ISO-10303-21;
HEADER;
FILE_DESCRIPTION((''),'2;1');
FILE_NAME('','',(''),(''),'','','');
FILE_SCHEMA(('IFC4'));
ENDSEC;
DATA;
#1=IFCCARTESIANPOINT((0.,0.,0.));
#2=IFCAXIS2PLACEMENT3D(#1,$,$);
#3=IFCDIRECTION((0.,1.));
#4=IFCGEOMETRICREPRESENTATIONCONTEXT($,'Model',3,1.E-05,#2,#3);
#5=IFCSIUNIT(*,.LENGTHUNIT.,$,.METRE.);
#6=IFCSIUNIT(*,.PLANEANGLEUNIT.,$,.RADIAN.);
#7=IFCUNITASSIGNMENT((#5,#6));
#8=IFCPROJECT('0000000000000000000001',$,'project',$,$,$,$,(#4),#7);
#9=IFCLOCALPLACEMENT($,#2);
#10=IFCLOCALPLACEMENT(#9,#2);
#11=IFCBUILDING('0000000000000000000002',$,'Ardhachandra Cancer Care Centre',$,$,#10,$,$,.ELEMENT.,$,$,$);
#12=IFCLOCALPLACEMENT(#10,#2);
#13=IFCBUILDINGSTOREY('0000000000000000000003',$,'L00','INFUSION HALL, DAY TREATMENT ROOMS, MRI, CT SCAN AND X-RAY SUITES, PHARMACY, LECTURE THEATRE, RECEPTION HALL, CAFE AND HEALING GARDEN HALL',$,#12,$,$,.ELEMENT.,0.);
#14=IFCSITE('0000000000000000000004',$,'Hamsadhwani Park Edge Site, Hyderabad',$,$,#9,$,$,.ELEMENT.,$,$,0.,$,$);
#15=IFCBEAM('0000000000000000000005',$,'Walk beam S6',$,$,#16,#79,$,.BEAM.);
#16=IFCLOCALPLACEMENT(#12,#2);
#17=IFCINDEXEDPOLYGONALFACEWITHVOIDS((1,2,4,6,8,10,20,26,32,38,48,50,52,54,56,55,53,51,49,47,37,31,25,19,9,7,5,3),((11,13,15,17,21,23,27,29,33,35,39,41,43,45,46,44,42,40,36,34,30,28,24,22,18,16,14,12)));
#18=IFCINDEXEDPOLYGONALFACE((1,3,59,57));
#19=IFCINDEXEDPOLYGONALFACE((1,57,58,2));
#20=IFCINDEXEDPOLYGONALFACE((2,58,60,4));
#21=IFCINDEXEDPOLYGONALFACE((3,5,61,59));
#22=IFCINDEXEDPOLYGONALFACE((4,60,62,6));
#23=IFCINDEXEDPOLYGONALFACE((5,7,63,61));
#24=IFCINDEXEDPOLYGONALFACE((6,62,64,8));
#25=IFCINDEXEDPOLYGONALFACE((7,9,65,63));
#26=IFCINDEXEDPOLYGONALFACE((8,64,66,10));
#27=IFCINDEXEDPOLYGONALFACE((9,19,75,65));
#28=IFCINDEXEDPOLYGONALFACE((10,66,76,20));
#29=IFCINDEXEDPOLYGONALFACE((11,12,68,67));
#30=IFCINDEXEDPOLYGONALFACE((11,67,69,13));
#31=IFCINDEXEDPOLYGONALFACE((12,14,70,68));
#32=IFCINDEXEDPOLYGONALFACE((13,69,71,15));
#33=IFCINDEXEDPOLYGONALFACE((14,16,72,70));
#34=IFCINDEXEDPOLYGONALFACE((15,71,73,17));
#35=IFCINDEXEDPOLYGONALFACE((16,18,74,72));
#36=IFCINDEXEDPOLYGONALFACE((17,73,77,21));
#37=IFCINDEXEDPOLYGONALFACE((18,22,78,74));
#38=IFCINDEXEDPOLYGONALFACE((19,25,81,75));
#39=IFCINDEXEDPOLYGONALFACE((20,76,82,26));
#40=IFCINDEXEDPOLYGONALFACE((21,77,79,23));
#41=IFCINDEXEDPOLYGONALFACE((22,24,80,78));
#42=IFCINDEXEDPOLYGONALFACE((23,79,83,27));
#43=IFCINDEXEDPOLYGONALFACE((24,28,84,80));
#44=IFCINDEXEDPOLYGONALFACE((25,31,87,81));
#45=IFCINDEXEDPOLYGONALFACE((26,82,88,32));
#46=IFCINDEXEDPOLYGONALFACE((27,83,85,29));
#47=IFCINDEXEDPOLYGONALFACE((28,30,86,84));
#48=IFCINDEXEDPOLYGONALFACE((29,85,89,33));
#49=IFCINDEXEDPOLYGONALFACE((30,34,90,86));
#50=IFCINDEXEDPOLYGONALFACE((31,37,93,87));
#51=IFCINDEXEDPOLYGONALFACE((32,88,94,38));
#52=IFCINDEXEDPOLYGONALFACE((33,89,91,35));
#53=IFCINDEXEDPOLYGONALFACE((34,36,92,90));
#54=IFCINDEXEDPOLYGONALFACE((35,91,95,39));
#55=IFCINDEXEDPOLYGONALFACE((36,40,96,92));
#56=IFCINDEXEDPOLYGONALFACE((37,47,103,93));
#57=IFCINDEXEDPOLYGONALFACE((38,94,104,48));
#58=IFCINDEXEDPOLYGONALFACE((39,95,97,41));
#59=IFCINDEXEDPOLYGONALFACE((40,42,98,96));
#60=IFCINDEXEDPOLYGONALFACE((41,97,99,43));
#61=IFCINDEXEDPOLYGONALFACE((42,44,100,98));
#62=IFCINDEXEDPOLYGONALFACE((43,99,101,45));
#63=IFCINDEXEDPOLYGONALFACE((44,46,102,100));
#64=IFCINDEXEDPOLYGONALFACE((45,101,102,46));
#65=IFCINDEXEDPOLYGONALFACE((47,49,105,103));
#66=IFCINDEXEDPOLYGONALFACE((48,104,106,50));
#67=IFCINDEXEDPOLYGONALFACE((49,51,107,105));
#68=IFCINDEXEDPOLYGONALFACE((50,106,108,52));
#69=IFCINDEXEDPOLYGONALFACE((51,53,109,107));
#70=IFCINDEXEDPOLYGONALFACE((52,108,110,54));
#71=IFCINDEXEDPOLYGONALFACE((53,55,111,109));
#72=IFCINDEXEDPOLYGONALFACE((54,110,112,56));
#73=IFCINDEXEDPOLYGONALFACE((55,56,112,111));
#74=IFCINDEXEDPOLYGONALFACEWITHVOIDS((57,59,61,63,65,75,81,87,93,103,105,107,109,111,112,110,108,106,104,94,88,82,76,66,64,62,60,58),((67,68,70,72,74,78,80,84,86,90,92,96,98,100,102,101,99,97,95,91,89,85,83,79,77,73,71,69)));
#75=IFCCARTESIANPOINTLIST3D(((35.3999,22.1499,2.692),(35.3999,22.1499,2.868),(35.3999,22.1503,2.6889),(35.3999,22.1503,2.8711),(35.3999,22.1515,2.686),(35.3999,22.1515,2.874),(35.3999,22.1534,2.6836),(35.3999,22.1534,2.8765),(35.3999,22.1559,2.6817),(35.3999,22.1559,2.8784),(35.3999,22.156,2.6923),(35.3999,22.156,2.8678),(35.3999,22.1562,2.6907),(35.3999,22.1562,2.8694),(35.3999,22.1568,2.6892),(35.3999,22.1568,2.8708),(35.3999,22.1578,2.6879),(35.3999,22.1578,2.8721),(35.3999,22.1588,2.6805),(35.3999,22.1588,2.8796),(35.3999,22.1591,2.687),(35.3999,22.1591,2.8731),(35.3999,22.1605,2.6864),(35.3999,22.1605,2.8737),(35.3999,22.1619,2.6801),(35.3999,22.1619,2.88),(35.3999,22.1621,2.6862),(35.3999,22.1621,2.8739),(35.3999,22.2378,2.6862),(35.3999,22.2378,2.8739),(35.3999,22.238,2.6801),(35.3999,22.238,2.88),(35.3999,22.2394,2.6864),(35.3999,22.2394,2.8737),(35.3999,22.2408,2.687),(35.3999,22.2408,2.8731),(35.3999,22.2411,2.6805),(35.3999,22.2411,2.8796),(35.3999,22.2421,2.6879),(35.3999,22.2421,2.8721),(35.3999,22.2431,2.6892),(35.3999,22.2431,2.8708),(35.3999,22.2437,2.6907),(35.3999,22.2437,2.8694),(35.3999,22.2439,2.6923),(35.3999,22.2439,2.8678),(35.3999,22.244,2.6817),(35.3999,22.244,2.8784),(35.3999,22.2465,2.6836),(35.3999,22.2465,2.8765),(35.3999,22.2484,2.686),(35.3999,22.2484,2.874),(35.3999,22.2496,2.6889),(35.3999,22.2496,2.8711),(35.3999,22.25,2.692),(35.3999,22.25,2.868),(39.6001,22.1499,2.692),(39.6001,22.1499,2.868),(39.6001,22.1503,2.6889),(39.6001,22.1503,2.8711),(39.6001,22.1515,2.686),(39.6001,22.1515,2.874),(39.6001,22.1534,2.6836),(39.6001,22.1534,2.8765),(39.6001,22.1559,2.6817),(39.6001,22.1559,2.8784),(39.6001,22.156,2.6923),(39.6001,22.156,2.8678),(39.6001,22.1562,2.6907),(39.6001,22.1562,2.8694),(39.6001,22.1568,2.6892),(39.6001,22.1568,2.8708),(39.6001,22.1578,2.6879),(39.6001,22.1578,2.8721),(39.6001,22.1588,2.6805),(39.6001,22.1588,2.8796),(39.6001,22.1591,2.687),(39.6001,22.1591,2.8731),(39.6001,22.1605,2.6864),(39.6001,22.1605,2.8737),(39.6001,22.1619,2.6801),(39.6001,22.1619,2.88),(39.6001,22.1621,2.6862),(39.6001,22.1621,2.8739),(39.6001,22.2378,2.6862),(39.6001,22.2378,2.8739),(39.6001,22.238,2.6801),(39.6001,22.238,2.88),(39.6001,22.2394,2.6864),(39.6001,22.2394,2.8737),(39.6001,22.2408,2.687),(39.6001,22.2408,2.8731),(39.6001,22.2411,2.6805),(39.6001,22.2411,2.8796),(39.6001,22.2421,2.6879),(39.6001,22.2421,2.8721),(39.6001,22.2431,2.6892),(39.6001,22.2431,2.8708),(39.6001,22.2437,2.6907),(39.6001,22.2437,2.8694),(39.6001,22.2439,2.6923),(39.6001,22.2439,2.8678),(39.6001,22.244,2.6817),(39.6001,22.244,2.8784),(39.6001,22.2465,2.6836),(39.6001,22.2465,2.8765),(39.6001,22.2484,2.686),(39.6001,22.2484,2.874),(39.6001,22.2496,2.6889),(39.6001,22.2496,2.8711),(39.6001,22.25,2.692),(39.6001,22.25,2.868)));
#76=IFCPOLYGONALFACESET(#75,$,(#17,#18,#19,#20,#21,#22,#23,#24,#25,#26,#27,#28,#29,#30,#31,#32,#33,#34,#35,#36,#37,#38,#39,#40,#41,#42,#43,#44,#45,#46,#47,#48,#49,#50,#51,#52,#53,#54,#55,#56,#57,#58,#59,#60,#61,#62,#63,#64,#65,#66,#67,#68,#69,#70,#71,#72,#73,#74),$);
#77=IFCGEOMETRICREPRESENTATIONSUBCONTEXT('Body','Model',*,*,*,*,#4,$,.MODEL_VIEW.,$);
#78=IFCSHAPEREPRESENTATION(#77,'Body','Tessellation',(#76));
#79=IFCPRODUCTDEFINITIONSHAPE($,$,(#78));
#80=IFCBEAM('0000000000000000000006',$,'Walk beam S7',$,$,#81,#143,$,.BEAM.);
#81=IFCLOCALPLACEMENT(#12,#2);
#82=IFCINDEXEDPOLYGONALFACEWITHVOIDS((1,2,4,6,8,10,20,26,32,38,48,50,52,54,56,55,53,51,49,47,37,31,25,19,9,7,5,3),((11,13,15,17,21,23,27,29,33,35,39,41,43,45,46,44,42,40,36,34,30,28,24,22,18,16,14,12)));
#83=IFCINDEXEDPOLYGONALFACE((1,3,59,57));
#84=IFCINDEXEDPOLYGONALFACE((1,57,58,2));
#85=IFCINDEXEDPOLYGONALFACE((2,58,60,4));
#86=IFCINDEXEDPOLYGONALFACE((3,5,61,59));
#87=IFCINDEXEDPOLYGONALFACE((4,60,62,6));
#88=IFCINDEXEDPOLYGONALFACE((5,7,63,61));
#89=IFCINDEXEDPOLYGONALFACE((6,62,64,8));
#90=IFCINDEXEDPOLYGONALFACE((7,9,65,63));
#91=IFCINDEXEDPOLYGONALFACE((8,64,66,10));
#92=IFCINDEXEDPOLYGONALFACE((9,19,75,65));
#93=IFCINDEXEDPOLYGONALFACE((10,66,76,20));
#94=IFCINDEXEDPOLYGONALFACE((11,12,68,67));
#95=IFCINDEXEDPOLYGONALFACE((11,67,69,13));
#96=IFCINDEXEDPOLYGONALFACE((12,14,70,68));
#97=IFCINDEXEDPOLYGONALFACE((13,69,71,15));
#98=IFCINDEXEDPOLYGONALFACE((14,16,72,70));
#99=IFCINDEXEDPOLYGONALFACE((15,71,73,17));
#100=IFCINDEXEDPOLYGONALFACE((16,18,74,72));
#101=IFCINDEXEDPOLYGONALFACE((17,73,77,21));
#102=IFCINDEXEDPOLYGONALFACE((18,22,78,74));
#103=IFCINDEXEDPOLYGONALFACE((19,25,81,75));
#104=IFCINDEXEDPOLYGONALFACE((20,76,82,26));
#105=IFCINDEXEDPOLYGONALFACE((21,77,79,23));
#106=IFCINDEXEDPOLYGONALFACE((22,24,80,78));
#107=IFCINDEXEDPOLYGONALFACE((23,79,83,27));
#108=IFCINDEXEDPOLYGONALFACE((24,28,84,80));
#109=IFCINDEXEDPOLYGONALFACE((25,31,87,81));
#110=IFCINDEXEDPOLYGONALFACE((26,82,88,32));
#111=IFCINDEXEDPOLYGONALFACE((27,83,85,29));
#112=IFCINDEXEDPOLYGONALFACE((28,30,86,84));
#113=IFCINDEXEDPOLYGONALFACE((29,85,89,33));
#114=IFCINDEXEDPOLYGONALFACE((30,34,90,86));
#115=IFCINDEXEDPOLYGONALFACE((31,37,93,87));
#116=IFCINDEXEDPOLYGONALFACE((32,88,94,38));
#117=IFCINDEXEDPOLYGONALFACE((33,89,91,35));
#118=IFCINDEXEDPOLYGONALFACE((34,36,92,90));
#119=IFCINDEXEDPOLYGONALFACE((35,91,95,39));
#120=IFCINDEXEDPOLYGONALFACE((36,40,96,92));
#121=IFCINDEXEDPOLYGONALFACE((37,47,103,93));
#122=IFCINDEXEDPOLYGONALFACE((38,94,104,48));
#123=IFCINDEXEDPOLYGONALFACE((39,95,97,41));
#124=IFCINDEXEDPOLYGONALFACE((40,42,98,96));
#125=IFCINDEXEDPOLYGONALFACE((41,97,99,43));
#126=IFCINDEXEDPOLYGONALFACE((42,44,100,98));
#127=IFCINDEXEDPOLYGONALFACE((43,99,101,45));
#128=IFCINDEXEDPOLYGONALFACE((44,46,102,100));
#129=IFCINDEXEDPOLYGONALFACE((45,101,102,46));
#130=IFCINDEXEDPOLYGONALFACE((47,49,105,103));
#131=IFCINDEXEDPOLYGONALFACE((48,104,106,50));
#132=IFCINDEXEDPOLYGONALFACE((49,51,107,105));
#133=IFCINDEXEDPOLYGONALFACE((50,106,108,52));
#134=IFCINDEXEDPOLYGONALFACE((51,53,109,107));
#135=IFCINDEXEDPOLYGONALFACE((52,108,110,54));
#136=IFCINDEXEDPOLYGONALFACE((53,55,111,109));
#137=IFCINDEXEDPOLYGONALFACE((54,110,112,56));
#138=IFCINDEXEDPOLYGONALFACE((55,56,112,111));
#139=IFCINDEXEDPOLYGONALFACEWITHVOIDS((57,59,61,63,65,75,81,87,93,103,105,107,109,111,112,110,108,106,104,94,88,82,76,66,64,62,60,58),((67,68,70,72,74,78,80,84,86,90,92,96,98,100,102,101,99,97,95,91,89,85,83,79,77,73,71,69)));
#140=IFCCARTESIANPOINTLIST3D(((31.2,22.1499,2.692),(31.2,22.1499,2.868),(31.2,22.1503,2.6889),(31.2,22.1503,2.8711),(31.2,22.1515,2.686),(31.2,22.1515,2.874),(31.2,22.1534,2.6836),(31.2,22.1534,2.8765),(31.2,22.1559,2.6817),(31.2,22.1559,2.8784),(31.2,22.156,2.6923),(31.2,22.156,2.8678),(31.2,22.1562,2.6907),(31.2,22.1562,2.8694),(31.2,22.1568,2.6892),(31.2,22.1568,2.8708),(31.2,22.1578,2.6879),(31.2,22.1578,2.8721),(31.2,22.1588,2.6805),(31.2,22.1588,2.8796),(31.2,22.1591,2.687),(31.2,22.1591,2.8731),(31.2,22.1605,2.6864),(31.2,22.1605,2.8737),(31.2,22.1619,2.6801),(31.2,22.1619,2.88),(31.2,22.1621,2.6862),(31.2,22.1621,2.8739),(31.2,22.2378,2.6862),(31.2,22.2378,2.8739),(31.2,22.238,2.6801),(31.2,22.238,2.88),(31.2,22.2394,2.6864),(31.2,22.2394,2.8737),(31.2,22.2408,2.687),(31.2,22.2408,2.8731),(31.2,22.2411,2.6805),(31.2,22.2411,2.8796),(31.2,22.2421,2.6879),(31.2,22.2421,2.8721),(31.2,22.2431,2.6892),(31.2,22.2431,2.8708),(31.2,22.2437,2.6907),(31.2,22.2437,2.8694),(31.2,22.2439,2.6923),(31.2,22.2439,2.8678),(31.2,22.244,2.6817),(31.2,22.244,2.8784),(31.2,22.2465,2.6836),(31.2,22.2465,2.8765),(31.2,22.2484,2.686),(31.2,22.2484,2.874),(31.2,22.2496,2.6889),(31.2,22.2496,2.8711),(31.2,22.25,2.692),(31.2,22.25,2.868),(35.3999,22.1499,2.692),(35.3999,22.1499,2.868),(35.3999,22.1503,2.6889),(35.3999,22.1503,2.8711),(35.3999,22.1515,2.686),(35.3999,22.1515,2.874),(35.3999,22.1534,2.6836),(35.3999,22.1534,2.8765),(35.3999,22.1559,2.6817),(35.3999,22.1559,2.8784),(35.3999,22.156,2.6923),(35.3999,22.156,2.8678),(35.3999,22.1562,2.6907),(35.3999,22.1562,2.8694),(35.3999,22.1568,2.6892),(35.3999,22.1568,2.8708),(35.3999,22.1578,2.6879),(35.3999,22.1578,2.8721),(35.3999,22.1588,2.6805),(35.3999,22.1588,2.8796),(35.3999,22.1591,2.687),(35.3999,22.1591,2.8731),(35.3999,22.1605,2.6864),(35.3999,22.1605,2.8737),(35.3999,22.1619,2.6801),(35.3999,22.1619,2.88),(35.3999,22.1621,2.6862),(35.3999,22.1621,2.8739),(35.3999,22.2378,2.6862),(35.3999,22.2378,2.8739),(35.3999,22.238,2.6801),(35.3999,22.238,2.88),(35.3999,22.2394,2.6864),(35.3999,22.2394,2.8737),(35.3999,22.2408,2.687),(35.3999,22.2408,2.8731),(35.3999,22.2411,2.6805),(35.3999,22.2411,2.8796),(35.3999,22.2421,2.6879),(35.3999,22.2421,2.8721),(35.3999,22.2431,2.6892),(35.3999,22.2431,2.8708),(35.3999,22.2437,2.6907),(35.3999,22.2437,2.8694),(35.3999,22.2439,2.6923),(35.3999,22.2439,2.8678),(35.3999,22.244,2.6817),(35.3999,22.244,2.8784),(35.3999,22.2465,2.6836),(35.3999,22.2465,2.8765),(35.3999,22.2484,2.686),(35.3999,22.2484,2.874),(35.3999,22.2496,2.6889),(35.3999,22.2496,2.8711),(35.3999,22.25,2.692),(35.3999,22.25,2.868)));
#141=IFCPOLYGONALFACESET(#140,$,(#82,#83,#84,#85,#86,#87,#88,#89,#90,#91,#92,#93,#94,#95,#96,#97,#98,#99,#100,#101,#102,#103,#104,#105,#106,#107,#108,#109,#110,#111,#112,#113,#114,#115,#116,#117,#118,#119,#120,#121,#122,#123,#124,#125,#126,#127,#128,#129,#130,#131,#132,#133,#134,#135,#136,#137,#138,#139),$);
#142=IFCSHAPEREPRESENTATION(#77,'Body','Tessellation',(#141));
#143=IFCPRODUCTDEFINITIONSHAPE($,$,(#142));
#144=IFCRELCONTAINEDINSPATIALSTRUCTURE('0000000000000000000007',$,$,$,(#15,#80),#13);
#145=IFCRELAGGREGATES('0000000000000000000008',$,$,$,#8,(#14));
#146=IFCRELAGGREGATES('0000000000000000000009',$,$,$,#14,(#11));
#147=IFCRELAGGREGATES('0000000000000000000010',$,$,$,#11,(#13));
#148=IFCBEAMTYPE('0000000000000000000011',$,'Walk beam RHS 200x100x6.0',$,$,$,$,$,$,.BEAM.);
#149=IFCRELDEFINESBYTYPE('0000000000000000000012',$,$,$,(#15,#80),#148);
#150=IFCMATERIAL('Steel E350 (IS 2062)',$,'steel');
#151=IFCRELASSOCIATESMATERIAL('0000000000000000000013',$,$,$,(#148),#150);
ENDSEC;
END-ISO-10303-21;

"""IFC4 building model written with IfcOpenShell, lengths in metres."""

from ifc_helpers import new_model, si_unit, direction, frame, origin, origin_2d, place, context, subcontext, project, spatial, hollow_rectangle, extrude, material, material_profile, profile_set, type_object, element, save


model = new_model("IFC4")

# Units and contexts
model_context = context("Model", 3, precision=1e-05, world=origin(), true_north=direction((0.0, 1.0)))
body_context = subcontext(model_context, "Body", "Model", "MODEL_VIEW")
ifc_project = project(units=[si_unit("LENGTHUNIT", "METRE"), si_unit("PLANEANGLEUNIT", "RADIAN")], contexts=[model_context])

# Site, building, storey
site_placement = place(None, origin())
site = spatial("IfcSite", under=ifc_project, at=site_placement, Name="Hamsadhwani Park Edge Site, Hyderabad", CompositionType="ELEMENT", RefElevation=0.0)
building_placement = place(site_placement, origin())
building = spatial("IfcBuilding", under=site, at=building_placement, Name="Ardhachandra Cancer Care Centre", CompositionType="ELEMENT")
storey_placement = place(building_placement, origin())
storey = spatial("IfcBuildingStorey", under=building, at=storey_placement, Name="L00", Description="INFUSION HALL, DAY TREATMENT ROOMS, MRI, CT SCAN AND X-RAY SUITES, PHARMACY, LECTURE THEATRE, RECEPTION HALL, CAFE AND HEALING GARDEN HALL", CompositionType="ELEMENT", Elevation=0.0)

# Beams
ifc_material_1 = material(Name="Steel E350 (IS 2062)", Category="steel")
ifc_material_profile_1 = material_profile(ifc_material_1, hollow_rectangle(XDim=0.1001, YDim=0.2, WallThickness=0.0061, InnerFilletRadius=0.0061, OuterFilletRadius=0.012, at=origin_2d()), Name="RHS 200x100x6.0")
ifc_profile_set_1 = profile_set([ifc_material_profile_1], Name="Steel E350 (IS 2062)")
beam_type_1 = type_object("IfcBeamType", Name="Walk beam RHS 200x100x6.0", PredefinedType="BEAM", material=ifc_profile_set_1)
beam_1_placement = place(storey_placement, frame((35.3999, 22.2, 2.78), z_axis=(1.0, 0.0, 0.0), x_axis=(0.0, 1.0, 0.0)))
element("IfcBeam", 1, at=beam_1_placement, inside=storey, type_object=beam_type_1, Name="Walk beam S6", PredefinedType="BEAM", context=body_context, shape_type="SweptSolid", body=[
    extrude(hollow_rectangle(XDim=0.1001, YDim=0.2, WallThickness=0.0061, InnerFilletRadius=0.0061, OuterFilletRadius=0.012, at=origin_2d()), origin(), (0.0, 0.0, 1.0), 4.2002),
])
beam_2_placement = place(storey_placement, frame((31.2, 22.2, 2.78), z_axis=(1.0, 0.0, 0.0), x_axis=(0.0, 1.0, 0.0)))
element("IfcBeam", 2, at=beam_2_placement, inside=storey, type_object=beam_type_1, Name="Walk beam S7", PredefinedType="BEAM", context=body_context, shape_type="SweptSolid", body=[
    extrude(hollow_rectangle(XDim=0.1001, YDim=0.2, WallThickness=0.0061, InnerFilletRadius=0.0061, OuterFilletRadius=0.012, at=origin_2d()), origin(), (0.0, 0.0, 1.0), 4.2),
])

save(model, "model.ifc")
